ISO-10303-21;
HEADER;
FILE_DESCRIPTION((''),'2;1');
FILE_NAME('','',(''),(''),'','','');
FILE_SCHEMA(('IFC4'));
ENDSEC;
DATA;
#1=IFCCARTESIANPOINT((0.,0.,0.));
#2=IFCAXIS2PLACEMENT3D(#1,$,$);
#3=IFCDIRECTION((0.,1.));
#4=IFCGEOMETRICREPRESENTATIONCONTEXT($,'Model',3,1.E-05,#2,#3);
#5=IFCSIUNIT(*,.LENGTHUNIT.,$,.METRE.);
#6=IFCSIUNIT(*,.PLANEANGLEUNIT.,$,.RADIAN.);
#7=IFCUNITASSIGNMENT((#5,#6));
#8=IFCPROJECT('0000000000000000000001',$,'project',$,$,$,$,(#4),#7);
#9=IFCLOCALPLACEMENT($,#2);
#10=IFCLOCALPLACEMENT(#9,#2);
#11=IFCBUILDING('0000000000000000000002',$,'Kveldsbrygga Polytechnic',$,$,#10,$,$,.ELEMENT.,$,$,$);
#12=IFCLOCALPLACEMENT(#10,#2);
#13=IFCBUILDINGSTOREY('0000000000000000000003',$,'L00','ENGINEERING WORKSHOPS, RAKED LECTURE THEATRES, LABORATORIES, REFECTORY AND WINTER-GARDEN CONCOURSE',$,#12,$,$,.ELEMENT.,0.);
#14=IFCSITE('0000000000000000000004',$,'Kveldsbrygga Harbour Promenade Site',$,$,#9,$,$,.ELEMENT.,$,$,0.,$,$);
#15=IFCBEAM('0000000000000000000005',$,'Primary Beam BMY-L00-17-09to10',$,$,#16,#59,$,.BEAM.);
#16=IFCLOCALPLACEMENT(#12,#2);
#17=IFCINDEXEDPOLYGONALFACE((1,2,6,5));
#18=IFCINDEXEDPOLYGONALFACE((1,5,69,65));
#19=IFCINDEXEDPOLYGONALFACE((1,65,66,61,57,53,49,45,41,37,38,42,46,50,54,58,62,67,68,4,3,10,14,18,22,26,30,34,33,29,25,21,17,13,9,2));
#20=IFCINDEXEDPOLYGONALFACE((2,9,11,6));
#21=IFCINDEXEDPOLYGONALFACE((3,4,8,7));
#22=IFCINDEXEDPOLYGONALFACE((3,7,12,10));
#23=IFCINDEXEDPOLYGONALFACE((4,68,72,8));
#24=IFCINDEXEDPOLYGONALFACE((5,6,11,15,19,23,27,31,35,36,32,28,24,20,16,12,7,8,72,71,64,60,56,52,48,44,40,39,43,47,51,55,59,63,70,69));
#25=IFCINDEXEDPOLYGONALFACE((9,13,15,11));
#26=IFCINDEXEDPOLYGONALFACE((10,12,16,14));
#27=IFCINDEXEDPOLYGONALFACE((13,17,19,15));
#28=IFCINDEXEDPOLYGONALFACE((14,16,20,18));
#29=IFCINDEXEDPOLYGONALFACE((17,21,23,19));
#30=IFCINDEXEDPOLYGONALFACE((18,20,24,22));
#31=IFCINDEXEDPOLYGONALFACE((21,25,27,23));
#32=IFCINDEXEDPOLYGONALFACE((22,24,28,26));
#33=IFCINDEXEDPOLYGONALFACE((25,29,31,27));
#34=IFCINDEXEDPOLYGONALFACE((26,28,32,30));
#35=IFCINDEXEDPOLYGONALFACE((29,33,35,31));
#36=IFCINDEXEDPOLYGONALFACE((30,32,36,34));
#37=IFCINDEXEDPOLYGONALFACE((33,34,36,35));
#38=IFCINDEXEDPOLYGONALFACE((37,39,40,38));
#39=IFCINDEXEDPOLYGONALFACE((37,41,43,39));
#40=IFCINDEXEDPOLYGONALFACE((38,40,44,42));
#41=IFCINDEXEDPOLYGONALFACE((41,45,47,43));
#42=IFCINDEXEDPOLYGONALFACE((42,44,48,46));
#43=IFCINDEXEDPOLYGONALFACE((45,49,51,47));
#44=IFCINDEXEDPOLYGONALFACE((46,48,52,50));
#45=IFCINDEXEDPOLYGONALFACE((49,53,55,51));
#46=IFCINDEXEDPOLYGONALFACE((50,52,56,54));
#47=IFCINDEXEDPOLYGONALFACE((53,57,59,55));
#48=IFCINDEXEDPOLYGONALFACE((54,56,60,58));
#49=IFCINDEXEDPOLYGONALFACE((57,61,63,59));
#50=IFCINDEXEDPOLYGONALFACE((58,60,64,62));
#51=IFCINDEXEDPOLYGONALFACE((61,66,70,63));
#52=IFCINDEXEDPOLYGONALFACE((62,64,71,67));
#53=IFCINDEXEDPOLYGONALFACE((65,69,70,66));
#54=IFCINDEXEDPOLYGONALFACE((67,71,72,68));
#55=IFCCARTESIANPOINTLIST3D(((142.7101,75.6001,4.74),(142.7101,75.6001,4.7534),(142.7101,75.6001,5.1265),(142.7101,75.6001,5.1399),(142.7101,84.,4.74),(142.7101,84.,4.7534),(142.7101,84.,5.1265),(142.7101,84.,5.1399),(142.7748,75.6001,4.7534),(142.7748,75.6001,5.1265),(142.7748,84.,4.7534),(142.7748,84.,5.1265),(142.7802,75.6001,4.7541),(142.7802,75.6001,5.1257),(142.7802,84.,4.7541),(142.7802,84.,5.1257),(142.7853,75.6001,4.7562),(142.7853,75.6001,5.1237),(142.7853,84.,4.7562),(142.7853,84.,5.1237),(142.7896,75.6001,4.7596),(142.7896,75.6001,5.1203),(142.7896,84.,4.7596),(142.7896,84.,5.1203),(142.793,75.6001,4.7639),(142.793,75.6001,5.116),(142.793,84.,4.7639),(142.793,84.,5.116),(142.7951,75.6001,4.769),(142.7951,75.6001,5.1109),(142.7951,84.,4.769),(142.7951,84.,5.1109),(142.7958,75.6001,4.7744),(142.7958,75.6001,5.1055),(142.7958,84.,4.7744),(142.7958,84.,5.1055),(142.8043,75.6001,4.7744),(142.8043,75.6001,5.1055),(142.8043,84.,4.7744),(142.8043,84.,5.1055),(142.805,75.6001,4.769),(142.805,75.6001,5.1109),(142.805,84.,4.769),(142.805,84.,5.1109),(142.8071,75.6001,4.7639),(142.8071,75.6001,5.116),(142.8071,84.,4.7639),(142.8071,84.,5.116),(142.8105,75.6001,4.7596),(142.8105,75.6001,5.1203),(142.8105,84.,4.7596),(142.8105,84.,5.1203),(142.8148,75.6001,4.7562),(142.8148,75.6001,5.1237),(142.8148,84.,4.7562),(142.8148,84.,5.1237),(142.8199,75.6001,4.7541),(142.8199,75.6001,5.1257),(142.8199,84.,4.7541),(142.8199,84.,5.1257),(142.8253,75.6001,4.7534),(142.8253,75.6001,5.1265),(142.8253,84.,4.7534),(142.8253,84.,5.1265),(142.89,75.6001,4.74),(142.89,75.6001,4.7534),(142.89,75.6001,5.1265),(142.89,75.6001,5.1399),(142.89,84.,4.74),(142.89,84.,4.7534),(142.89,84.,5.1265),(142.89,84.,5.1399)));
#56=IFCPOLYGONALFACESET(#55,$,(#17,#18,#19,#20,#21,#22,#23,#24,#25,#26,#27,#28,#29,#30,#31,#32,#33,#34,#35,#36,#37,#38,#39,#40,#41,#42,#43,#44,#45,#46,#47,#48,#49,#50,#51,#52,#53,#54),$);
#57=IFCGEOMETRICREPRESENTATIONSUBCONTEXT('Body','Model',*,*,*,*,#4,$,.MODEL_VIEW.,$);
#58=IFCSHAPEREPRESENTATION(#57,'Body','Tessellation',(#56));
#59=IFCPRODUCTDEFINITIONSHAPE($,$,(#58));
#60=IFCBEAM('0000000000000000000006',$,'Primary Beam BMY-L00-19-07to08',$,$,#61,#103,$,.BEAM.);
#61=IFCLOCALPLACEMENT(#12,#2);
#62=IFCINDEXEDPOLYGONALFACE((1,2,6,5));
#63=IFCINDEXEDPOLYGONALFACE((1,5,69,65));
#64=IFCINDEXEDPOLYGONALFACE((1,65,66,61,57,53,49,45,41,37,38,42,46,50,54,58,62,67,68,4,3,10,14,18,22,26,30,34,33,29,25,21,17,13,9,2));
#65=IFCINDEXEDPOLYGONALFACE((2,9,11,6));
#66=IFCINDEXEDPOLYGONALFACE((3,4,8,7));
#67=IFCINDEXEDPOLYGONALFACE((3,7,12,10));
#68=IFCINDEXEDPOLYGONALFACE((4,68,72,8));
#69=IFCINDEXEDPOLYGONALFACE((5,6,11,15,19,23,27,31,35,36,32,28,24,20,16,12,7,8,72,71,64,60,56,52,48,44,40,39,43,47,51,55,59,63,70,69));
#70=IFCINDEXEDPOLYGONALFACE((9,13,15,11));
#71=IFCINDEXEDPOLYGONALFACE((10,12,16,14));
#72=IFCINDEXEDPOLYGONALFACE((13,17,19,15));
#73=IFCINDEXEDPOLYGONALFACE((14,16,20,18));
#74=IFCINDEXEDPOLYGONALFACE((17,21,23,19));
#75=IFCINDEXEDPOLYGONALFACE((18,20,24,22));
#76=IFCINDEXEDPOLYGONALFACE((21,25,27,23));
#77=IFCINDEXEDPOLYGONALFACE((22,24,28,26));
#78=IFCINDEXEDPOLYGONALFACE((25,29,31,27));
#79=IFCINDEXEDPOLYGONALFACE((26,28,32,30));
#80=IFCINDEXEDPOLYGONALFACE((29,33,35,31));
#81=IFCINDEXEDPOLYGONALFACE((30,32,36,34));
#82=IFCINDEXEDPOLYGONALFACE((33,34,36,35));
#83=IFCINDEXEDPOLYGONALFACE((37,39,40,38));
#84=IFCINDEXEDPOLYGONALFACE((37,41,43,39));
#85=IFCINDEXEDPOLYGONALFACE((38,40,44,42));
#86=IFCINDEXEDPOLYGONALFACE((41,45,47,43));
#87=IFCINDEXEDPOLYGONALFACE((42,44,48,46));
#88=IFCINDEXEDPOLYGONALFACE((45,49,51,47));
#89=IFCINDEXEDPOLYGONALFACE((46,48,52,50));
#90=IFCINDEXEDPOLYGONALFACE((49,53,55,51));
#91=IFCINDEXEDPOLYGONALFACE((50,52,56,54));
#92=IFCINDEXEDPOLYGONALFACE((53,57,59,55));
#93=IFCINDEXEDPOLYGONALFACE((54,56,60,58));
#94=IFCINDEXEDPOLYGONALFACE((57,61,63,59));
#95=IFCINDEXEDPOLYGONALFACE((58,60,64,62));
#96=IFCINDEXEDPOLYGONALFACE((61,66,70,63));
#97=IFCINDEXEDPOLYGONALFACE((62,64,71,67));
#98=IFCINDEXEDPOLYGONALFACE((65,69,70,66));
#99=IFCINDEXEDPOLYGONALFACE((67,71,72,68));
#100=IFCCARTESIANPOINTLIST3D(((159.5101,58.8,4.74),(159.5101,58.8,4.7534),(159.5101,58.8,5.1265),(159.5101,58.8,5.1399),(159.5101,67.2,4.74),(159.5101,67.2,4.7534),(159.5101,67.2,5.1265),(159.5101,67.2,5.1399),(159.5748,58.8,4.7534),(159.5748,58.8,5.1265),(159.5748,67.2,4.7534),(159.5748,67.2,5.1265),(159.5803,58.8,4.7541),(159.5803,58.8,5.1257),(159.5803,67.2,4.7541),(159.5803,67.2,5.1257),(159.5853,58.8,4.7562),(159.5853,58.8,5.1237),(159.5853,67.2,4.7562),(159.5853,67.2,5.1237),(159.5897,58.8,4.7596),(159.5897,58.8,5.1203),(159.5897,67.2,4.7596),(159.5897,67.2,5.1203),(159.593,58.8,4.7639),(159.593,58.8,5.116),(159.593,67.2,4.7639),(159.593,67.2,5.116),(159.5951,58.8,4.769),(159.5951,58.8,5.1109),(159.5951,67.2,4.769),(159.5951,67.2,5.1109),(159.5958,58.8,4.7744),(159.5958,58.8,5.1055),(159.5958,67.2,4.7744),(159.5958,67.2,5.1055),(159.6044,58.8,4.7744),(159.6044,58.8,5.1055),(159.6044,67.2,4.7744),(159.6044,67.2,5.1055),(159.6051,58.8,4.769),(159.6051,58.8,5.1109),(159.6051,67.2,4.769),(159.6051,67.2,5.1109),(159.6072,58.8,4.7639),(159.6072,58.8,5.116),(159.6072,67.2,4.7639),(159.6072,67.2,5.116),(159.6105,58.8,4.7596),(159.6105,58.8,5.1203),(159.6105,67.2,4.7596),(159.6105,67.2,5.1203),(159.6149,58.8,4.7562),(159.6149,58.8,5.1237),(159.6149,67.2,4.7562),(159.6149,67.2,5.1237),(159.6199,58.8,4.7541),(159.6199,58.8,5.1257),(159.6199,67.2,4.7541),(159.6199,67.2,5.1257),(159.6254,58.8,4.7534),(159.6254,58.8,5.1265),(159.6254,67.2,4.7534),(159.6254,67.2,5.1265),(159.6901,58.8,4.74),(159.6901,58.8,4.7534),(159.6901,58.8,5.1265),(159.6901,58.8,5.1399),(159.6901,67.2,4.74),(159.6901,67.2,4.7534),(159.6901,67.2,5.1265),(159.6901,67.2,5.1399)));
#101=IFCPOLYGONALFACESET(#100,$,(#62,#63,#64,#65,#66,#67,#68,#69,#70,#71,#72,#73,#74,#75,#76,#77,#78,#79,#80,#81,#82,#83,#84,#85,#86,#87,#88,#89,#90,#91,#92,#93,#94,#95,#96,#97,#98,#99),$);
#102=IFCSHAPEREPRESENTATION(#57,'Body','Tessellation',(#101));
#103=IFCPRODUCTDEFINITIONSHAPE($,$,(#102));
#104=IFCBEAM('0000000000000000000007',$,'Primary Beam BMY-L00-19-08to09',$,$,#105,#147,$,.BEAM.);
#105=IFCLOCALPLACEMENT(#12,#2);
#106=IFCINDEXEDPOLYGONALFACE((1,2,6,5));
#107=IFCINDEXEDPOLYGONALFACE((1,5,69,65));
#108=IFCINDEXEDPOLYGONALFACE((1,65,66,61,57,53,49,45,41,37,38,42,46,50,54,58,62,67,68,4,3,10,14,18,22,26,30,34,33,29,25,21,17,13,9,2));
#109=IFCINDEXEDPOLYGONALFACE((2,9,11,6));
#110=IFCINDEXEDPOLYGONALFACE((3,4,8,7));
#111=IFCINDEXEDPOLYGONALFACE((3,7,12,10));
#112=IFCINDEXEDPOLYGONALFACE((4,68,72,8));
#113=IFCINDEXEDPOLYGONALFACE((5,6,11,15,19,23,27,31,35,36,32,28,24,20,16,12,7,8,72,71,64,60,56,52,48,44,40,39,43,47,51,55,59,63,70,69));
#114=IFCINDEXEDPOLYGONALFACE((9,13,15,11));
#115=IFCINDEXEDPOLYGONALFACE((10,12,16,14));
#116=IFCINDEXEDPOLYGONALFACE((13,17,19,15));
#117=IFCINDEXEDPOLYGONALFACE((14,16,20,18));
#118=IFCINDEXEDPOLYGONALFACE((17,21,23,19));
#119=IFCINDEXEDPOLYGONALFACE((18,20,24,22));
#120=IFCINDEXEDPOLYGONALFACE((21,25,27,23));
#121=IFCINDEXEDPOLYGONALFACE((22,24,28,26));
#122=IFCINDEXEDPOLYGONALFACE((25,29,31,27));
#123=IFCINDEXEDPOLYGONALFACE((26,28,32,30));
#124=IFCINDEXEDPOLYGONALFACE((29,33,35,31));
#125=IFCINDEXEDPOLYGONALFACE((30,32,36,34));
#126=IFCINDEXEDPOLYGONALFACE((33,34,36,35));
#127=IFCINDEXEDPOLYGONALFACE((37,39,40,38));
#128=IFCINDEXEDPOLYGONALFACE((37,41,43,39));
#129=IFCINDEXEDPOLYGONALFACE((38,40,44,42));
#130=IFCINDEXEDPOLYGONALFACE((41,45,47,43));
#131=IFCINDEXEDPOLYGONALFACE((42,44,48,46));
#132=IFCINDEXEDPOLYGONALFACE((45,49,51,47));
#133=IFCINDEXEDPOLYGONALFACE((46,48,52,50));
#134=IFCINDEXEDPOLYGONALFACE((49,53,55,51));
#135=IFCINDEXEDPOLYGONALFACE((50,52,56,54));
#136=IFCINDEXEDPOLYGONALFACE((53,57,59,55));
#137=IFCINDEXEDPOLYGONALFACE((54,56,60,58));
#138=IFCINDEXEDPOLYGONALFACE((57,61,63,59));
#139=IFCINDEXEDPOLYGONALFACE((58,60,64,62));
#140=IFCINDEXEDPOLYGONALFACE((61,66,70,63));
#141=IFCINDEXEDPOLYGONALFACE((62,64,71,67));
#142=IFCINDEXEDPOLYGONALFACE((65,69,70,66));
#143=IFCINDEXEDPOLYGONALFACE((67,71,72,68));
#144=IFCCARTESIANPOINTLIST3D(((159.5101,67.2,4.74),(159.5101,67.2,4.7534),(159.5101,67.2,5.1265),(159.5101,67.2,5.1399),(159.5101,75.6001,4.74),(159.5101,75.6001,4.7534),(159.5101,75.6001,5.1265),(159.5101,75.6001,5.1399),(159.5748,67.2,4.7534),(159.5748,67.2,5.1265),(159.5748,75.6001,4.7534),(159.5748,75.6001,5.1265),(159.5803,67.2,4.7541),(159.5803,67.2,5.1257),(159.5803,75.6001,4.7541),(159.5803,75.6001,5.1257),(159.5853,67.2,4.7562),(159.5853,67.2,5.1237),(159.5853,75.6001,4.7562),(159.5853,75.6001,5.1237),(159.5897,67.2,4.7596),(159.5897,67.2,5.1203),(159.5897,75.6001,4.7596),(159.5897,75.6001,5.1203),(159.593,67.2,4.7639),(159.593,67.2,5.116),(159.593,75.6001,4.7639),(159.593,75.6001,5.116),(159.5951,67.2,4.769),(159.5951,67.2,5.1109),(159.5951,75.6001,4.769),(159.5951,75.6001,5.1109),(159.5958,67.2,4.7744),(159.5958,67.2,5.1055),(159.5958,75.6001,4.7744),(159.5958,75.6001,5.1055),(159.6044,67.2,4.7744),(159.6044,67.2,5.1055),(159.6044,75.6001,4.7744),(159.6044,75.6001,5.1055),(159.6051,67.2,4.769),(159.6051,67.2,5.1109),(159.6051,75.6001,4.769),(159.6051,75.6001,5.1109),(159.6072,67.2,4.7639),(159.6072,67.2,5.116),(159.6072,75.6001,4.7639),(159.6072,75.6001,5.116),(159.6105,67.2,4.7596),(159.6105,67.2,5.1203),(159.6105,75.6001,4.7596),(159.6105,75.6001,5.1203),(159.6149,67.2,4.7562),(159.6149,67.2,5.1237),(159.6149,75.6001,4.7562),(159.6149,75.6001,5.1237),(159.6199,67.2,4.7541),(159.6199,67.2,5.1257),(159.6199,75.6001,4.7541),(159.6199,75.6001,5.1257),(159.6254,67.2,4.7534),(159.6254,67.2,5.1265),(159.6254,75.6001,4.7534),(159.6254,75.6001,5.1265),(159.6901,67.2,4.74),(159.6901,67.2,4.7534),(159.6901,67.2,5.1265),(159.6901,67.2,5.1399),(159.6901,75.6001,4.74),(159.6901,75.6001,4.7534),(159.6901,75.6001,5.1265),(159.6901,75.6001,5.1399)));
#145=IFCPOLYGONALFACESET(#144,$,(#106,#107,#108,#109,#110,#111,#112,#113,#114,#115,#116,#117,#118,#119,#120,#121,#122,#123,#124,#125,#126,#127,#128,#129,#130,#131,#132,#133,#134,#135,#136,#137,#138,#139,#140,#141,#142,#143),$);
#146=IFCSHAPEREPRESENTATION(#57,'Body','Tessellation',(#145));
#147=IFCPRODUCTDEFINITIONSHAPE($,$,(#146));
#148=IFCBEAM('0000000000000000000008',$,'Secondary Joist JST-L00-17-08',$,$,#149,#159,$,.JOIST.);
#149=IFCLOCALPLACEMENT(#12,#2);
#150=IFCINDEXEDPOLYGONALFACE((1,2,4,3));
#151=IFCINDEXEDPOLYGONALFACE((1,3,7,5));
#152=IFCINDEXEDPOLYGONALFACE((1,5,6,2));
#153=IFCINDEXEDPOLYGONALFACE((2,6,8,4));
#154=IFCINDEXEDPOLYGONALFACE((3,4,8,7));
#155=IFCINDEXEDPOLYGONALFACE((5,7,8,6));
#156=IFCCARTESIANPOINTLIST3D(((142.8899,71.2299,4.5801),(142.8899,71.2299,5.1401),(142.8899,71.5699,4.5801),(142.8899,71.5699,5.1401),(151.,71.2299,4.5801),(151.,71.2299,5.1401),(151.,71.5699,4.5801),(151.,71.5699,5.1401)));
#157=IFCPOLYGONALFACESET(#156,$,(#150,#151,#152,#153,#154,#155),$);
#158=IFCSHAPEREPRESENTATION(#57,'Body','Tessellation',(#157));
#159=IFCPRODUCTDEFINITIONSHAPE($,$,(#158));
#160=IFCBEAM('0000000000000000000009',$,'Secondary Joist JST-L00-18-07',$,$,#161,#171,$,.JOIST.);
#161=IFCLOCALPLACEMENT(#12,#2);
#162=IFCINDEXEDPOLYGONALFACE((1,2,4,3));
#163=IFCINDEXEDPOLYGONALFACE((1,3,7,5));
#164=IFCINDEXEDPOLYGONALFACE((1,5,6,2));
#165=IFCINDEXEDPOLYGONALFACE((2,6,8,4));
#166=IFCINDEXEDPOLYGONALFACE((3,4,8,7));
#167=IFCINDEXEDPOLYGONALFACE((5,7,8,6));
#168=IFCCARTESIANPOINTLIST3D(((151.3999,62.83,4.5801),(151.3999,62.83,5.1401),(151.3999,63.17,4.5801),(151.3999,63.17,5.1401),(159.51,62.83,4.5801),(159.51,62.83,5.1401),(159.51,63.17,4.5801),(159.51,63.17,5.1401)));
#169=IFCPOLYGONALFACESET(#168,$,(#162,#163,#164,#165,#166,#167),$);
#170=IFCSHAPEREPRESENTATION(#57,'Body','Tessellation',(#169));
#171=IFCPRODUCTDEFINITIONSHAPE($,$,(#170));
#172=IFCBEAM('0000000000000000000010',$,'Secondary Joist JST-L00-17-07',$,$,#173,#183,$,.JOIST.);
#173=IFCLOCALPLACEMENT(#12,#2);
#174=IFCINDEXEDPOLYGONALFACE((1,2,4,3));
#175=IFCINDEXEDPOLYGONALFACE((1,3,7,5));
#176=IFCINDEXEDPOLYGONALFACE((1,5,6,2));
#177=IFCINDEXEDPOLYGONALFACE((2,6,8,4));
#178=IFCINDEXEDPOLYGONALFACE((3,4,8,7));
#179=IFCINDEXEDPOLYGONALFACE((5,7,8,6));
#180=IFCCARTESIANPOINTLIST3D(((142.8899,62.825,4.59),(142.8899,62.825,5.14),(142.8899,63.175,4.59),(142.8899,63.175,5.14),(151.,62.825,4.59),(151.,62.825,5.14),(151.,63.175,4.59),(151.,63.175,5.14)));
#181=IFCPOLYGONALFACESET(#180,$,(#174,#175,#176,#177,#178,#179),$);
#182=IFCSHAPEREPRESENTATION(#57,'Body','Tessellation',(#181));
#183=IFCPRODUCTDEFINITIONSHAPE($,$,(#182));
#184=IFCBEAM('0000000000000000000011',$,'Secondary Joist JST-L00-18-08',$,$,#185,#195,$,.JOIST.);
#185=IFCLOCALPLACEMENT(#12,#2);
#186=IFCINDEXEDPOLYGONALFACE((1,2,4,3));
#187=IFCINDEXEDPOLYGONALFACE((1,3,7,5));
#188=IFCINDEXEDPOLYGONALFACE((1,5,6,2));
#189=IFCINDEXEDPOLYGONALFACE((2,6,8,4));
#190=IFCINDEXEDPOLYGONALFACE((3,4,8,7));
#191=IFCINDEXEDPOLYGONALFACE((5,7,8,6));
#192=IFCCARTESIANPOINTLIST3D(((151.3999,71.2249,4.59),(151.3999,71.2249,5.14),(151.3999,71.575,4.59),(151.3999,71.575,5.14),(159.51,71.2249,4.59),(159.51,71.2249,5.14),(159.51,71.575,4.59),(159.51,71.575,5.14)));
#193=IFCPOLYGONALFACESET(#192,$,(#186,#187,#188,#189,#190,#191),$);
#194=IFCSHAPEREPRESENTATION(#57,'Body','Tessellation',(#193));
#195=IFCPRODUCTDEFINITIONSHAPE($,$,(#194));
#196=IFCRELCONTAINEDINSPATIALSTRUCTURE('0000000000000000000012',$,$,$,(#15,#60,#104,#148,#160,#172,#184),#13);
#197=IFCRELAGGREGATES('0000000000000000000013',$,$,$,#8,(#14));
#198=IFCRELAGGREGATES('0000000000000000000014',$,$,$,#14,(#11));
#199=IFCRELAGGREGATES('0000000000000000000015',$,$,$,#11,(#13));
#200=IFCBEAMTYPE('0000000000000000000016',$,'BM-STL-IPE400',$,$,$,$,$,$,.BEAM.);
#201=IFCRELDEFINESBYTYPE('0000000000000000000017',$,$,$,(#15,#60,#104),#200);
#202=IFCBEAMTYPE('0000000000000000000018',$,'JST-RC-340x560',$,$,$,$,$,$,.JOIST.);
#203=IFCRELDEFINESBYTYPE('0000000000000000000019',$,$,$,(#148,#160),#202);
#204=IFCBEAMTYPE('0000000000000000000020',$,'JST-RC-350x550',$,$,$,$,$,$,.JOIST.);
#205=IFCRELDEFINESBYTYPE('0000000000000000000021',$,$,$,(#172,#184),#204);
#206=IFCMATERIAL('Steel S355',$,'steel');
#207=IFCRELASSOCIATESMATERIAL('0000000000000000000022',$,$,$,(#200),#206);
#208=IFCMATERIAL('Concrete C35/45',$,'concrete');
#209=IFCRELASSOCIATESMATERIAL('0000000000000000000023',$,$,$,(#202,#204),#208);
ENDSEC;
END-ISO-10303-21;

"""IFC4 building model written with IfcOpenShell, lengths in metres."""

from ifc_helpers import new_model, si_unit, direction, frame, origin, origin_2d, place, context, subcontext, project, spatial, rectangle, i_section, extrude, material, material_profile, profile_set, type_object, element, save


model = new_model("IFC4")

# Units and contexts
model_context = context("Model", 3, precision=1e-05, world=origin(), true_north=direction((0.0, 1.0)))
body_context = subcontext(model_context, "Body", "Model", "MODEL_VIEW")
ifc_project = project(units=[si_unit("LENGTHUNIT", "METRE"), si_unit("PLANEANGLEUNIT", "RADIAN")], contexts=[model_context])

# Site, building, storey
site_placement = place(None, origin())
site = spatial("IfcSite", under=ifc_project, at=site_placement, Name="Kveldsbrygga Harbour Promenade Site", CompositionType="ELEMENT", RefElevation=0.0)
building_placement = place(site_placement, origin())
building = spatial("IfcBuilding", under=site, at=building_placement, Name="Kveldsbrygga Polytechnic", CompositionType="ELEMENT")
storey_placement = place(building_placement, origin())
storey = spatial("IfcBuildingStorey", under=building, at=storey_placement, Name="L00", Description="ENGINEERING WORKSHOPS, RAKED LECTURE THEATRES, LABORATORIES, REFECTORY AND WINTER-GARDEN CONCOURSE", CompositionType="ELEMENT", Elevation=0.0)

# Beams
ifc_material_1 = material(Name="Concrete C35/45", Category="concrete")
ifc_material_2 = material(Name="Steel S355", Category="steel")
ifc_material_profile_1 = material_profile(ifc_material_2, i_section(OverallWidth=0.1799, OverallDepth=0.3999, WebThickness=0.0085, FlangeThickness=0.0134, FilletRadius=0.021, at=origin_2d()), Name="IPE 400")
ifc_profile_set_1 = profile_set([ifc_material_profile_1], Name="Steel S355")
beam_type_1 = type_object("IfcBeamType", Name="BM-STL-IPE400", PredefinedType="BEAM", material=ifc_profile_set_1)
for number, where, z_axis, x_axis, name in (
    (1, (142.8, 75.6001, 4.9399), (0.0, 1.0, 0.0), (-1.0, 0.0, 0.0), "Primary Beam BMY-L00-17-09to10"),
    (2, (159.6001, 58.8, 4.9399), (0.0, 1.0, 0.0), (-1.0, 0.0, 0.0), "Primary Beam BMY-L00-19-07to08"),
):
    element("IfcBeam", number, at=place(storey_placement, frame(where, z_axis=z_axis, x_axis=x_axis)), inside=storey, type_object=beam_type_1, Name=name, PredefinedType="BEAM", context=body_context, shape_type="SweptSolid", body=[
        extrude(i_section(OverallWidth=0.1799, OverallDepth=0.3999, WebThickness=0.0085, FlangeThickness=0.0134, FilletRadius=0.021, at=origin_2d()), origin(), (0.0, 0.0, 1.0), 8.3999),
    ])
beam_1_placement = place(storey_placement, frame((159.6001, 67.2, 4.9399), z_axis=(0.0, 1.0, 0.0), x_axis=(-1.0, 0.0, 0.0)))
element("IfcBeam", 3, at=beam_1_placement, inside=storey, type_object=beam_type_1, Name="Primary Beam BMY-L00-19-08to09", PredefinedType="BEAM", context=body_context, shape_type="SweptSolid", body=[
    extrude(i_section(OverallWidth=0.1799, OverallDepth=0.3999, WebThickness=0.0085, FlangeThickness=0.0134, FilletRadius=0.021, at=origin_2d()), origin(), (0.0, 0.0, 1.0), 8.4001),
])
ifc_material_profile_2 = material_profile(ifc_material_1, rectangle(XDim=0.3401, YDim=0.5601, at=origin_2d()), Name="RC 340x560")
ifc_profile_set_2 = profile_set([ifc_material_profile_2], Name="Concrete C35/45")
beam_type_2 = type_object("IfcBeamType", Name="JST-RC-340x560", PredefinedType="JOIST", material=ifc_profile_set_2)
for number, where, z_axis, x_axis, name in (
    (4, (142.8899, 71.3999, 4.8601), (1.0, 0.0, 0.0), (0.0, 1.0, 0.0), "Secondary Joist JST-L00-17-08"),
    (5, (151.3999, 63.0, 4.8601), (1.0, 0.0, 0.0), (0.0, 1.0, 0.0), "Secondary Joist JST-L00-18-07"),
):
    element("IfcBeam", number, at=place(storey_placement, frame(where, z_axis=z_axis, x_axis=x_axis)), inside=storey, type_object=beam_type_2, Name=name, PredefinedType="JOIST", context=body_context, shape_type="SweptSolid", body=[
        extrude(rectangle(XDim=0.3401, YDim=0.5601, at=origin_2d()), origin(), (0.0, 0.0, 1.0), 8.1101),
    ])
ifc_material_profile_3 = material_profile(ifc_material_1, rectangle(XDim=0.3501, YDim=0.55, at=origin_2d()), Name="RC 350x550")
ifc_profile_set_3 = profile_set([ifc_material_profile_3], Name="Concrete C35/45")
beam_type_3 = type_object("IfcBeamType", Name="JST-RC-350x550", PredefinedType="JOIST", material=ifc_profile_set_3)
for number, where, z_axis, x_axis, name in (
    (6, (142.8899, 63.0, 4.865), (1.0, 0.0, 0.0), (0.0, 1.0, 0.0), "Secondary Joist JST-L00-17-07"),
    (7, (151.3999, 71.3999, 4.865), (1.0, 0.0, 0.0), (0.0, 1.0, 0.0), "Secondary Joist JST-L00-18-08"),
):
    element("IfcBeam", number, at=place(storey_placement, frame(where, z_axis=z_axis, x_axis=x_axis)), inside=storey, type_object=beam_type_3, Name=name, PredefinedType="JOIST", context=body_context, shape_type="SweptSolid", body=[
        extrude(rectangle(XDim=0.3501, YDim=0.55, at=origin_2d()), origin(), (0.0, 0.0, 1.0), 8.1101),
    ])

save(model, "model.ifc")
